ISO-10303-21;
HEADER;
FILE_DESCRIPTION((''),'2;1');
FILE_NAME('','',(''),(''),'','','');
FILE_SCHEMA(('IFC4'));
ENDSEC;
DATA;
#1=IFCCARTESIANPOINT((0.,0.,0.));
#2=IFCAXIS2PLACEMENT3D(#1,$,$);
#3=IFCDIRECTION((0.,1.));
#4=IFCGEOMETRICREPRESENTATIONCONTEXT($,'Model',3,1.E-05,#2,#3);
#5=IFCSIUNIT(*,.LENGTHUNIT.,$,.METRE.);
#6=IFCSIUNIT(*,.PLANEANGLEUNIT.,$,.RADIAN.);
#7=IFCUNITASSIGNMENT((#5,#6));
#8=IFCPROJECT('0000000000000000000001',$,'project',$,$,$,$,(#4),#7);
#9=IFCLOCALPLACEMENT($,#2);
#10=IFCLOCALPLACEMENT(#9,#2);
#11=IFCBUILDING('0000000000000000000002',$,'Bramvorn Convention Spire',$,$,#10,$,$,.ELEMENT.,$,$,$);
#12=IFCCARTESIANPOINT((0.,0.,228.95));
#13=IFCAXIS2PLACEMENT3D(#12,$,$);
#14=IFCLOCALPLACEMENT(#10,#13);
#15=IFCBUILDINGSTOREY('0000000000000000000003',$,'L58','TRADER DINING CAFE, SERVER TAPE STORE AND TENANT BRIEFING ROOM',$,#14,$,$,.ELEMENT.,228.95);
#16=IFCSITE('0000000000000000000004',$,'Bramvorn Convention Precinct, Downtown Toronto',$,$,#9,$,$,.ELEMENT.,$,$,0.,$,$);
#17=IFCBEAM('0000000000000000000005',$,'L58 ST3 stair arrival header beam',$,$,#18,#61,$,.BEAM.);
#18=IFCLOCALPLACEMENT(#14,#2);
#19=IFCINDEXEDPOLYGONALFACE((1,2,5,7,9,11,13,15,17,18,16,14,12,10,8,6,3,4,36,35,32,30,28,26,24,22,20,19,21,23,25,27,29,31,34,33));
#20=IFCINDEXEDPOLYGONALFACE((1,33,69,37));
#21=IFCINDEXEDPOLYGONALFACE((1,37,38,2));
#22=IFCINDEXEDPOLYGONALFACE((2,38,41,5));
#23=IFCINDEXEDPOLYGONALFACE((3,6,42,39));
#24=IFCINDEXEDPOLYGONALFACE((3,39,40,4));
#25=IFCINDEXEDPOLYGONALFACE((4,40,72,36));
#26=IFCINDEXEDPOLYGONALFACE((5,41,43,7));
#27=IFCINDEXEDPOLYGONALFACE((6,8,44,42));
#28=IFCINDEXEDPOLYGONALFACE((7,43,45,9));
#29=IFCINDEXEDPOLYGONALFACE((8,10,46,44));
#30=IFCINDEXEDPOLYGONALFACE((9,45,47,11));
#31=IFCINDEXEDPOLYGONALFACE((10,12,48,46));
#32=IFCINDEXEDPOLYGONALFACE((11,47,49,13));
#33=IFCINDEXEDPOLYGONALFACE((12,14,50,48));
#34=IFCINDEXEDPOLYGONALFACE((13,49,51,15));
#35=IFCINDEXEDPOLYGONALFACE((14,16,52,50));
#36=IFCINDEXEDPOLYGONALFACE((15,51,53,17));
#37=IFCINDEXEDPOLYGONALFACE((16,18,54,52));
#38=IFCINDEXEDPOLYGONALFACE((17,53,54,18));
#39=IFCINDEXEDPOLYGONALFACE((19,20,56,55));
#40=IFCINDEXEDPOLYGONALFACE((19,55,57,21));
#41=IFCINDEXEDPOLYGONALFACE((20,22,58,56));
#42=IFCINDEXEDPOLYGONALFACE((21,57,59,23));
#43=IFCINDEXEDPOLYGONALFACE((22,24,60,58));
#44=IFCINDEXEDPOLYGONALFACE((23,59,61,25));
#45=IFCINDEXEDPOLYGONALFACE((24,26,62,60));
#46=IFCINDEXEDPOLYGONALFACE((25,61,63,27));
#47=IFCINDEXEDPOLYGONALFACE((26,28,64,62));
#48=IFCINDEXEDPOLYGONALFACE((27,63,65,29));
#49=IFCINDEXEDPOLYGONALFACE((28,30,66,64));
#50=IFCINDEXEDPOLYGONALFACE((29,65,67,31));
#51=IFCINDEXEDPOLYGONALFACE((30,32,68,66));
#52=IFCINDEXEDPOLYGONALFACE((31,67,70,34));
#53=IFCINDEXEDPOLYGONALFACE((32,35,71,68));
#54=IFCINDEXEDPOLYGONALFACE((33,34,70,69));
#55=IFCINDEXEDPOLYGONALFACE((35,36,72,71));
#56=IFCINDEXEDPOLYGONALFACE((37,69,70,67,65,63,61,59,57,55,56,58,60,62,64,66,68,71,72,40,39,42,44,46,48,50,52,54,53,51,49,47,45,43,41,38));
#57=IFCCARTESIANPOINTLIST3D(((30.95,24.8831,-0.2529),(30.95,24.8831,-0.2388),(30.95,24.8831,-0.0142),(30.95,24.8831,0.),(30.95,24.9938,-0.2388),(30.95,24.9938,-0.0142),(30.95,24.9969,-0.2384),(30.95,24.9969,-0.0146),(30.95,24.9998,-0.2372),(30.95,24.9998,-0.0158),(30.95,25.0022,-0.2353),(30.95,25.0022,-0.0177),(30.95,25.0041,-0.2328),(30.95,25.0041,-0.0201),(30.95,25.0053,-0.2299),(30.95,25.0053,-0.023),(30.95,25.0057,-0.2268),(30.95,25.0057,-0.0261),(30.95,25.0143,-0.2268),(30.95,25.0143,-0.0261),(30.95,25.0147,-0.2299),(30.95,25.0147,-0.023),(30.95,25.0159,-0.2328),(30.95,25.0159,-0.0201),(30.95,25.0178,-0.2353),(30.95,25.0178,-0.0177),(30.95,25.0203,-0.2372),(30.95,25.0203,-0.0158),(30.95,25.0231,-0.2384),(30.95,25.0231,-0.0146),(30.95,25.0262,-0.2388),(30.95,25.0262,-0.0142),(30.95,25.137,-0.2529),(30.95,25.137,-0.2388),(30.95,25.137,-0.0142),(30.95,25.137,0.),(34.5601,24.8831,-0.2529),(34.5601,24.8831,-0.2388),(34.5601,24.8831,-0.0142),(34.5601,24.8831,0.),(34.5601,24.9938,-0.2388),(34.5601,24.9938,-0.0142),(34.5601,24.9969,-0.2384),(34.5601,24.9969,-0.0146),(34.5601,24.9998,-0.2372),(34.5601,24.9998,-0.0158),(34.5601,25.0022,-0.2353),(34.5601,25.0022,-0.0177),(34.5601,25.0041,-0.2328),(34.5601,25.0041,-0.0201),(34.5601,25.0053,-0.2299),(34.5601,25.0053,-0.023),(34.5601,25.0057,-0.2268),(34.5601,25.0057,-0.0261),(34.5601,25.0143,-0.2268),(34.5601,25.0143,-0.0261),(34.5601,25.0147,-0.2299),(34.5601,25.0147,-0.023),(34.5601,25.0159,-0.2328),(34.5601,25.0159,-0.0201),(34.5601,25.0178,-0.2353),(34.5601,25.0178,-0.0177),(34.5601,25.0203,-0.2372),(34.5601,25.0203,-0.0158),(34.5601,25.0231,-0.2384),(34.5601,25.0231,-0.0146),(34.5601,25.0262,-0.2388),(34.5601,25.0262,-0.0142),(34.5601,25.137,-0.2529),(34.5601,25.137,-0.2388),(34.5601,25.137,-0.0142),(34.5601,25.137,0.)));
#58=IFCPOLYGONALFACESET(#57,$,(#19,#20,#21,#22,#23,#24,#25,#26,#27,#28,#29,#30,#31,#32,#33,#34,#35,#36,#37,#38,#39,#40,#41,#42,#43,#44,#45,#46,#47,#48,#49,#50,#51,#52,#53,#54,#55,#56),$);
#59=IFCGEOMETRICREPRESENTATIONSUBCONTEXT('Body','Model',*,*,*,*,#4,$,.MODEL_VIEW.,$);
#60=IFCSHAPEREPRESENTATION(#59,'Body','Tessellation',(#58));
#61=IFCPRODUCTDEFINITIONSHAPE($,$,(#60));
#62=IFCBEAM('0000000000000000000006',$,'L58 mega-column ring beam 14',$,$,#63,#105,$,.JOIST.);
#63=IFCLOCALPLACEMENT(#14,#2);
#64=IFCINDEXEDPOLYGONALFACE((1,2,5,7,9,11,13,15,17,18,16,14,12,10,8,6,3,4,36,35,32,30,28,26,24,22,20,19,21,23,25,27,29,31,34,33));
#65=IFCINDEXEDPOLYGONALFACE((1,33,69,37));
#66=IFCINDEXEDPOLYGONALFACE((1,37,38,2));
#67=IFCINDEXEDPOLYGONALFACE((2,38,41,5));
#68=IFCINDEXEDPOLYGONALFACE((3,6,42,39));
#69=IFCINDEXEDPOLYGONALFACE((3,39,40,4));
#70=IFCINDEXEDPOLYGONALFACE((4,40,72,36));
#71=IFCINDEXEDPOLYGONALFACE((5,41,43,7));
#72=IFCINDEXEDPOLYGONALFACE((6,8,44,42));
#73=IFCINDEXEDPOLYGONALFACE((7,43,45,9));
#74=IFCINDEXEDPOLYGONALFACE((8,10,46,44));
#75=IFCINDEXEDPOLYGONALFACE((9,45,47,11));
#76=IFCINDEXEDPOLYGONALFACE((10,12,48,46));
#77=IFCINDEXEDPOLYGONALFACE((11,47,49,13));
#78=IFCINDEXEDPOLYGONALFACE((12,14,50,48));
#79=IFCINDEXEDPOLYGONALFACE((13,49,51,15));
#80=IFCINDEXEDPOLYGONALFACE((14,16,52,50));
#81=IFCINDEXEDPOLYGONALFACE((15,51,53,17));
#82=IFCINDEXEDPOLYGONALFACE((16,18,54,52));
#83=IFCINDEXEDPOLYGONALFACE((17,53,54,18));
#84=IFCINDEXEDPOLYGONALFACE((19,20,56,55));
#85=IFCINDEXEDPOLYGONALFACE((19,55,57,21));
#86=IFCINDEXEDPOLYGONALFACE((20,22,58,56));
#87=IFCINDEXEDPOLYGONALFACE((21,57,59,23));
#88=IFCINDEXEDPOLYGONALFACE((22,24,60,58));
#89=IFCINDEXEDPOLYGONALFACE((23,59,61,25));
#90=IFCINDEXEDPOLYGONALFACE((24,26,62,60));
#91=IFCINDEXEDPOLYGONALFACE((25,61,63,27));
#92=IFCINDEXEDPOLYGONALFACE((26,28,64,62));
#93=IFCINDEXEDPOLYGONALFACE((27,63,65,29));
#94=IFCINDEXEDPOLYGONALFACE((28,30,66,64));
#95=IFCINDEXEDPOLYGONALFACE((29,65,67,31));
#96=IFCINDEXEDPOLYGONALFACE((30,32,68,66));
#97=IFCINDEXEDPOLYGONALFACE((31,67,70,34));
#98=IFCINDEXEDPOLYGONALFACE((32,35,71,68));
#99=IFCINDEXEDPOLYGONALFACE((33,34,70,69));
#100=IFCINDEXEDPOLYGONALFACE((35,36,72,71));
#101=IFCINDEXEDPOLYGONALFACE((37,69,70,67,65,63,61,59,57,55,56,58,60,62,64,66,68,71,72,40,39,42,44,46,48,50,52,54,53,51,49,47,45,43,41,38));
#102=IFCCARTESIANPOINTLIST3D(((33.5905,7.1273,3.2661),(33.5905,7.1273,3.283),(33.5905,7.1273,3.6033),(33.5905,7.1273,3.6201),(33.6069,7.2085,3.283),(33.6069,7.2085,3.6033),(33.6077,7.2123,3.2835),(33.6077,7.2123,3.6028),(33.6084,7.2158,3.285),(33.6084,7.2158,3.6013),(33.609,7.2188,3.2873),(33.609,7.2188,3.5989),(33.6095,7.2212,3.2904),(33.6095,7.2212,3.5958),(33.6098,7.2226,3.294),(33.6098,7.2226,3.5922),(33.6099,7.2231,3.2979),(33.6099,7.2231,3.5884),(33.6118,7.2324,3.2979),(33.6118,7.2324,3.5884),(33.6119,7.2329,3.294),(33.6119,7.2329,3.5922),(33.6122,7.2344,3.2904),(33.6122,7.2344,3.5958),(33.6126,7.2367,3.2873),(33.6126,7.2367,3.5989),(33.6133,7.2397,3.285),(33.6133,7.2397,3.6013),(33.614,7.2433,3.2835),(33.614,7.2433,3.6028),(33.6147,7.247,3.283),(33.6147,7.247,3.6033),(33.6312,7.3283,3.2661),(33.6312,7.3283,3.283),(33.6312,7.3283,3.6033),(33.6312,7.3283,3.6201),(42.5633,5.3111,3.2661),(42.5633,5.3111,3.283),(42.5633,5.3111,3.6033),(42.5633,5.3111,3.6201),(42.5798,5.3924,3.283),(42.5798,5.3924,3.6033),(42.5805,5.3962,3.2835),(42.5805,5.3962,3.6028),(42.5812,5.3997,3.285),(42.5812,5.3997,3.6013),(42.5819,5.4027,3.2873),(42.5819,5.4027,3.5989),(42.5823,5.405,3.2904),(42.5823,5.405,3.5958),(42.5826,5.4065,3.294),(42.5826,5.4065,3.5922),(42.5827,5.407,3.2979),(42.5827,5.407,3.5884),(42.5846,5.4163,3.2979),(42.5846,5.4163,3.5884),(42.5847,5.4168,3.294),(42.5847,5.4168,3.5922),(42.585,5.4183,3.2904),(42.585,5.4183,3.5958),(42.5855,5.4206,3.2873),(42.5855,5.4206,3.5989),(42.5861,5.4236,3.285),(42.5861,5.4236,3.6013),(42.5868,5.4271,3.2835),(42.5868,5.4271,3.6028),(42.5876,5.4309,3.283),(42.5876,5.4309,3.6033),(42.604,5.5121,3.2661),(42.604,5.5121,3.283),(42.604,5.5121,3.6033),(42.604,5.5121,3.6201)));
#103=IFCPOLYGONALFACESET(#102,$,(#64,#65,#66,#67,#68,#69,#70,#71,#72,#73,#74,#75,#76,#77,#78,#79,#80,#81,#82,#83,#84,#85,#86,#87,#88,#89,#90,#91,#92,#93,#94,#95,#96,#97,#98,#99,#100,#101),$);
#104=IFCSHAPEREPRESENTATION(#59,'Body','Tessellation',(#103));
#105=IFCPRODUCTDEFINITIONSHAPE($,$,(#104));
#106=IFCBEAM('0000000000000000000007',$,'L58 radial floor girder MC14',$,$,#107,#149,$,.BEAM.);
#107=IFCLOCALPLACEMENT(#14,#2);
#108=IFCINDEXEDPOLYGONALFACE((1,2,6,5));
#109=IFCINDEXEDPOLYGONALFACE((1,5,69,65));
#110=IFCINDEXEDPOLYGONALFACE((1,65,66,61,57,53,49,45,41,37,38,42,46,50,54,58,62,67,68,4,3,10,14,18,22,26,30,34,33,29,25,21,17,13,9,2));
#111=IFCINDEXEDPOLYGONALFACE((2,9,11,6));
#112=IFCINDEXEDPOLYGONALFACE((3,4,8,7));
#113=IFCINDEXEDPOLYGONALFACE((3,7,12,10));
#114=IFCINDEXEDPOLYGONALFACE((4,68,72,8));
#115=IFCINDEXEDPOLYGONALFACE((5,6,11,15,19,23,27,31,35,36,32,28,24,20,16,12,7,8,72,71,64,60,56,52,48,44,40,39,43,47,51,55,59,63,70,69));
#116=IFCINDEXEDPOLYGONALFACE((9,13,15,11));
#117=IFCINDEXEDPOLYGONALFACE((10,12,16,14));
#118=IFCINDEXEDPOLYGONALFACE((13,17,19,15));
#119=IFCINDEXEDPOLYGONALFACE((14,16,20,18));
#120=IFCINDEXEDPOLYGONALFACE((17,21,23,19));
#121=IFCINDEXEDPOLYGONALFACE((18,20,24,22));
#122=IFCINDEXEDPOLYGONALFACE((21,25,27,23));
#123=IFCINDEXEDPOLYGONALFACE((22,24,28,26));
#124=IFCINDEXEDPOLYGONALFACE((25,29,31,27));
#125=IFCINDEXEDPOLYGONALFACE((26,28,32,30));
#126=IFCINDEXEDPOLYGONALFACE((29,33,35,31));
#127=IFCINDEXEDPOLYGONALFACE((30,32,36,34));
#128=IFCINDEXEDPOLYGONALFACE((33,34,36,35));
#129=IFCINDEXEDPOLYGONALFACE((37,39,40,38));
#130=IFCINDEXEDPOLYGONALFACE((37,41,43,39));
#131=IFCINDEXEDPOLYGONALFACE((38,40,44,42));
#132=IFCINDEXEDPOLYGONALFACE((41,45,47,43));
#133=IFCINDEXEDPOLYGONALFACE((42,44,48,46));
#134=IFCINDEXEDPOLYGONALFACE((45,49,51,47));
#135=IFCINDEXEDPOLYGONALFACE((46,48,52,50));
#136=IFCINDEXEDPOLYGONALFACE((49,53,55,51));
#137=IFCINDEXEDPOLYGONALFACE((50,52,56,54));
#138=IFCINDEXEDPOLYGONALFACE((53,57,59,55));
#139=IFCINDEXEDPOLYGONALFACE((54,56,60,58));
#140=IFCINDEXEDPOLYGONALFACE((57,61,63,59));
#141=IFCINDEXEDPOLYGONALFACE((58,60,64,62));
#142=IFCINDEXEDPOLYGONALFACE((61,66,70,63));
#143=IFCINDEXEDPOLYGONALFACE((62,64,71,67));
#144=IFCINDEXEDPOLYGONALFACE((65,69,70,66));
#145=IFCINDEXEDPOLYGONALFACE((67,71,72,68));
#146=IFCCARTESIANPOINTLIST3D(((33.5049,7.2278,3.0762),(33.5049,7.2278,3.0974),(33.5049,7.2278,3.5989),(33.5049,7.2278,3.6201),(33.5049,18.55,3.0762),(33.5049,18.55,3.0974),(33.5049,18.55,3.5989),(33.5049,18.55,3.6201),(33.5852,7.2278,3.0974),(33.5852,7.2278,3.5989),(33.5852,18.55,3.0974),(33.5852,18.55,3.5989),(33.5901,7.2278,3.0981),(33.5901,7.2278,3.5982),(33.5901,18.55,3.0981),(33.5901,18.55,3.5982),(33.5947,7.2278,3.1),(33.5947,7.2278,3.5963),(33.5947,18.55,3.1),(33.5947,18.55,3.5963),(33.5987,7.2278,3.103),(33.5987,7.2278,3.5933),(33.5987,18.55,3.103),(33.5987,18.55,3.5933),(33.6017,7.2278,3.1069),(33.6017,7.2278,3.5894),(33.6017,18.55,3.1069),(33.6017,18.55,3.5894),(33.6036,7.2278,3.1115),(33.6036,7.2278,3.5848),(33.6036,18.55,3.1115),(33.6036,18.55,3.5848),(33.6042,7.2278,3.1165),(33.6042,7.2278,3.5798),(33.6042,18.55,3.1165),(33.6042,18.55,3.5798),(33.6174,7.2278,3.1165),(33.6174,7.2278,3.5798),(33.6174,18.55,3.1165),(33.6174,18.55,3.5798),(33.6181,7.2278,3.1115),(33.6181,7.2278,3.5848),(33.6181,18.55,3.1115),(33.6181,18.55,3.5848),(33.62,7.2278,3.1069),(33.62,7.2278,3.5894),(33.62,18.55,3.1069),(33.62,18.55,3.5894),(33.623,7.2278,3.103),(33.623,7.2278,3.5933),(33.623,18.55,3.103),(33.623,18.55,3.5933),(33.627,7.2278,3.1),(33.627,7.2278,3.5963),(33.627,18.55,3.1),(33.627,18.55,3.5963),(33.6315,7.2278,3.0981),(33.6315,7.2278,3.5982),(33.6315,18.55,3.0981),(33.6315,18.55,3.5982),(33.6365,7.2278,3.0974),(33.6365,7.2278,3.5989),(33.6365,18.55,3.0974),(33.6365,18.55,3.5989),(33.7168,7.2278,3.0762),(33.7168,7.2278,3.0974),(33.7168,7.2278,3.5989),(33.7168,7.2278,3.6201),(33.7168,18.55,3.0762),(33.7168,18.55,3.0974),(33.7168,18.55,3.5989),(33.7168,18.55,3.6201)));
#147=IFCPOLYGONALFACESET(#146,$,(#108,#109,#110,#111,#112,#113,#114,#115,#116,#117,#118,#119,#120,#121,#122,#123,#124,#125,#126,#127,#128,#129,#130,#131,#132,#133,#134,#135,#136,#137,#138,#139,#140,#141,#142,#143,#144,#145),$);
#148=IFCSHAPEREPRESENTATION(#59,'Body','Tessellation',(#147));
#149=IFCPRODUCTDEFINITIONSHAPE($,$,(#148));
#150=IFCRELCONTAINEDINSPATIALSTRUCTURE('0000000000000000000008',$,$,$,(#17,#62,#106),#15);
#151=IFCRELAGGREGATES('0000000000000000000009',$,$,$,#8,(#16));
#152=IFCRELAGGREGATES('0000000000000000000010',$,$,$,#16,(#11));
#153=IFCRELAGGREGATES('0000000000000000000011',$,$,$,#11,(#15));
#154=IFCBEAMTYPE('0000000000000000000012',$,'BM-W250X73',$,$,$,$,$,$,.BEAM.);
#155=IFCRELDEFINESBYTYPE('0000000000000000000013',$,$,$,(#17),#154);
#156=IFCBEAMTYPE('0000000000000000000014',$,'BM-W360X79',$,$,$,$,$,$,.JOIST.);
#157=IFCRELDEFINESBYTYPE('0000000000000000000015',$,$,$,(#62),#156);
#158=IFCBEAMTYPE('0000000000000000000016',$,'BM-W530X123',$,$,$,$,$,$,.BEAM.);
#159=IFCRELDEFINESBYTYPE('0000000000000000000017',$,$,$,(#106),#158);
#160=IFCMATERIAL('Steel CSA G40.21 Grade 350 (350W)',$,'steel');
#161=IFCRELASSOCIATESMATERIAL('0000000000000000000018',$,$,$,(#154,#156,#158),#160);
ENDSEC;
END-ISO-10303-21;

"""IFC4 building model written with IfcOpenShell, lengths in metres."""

from ifc_helpers import new_model, si_unit, direction, frame, origin, origin_2d, place, context, subcontext, project, spatial, i_section, extrude, material, material_profile, profile_set, type_object, element, save


model = new_model("IFC4")

# Units and contexts
model_context = context("Model", 3, precision=1e-05, world=origin(), true_north=direction((0.0, 1.0)))
body_context = subcontext(model_context, "Body", "Model", "MODEL_VIEW")
ifc_project = project(units=[si_unit("LENGTHUNIT", "METRE"), si_unit("PLANEANGLEUNIT", "RADIAN")], contexts=[model_context])

# Site, building, storey
site_placement = place(None, origin())
site = spatial("IfcSite", under=ifc_project, at=site_placement, Name="Bramvorn Convention Precinct, Downtown Toronto", CompositionType="ELEMENT", RefElevation=0.0)
building_placement = place(site_placement, origin())
building = spatial("IfcBuilding", under=site, at=building_placement, Name="Bramvorn Convention Spire", CompositionType="ELEMENT")
storey_placement = place(building_placement, frame((0.0, 0.0, 228.95)))
storey = spatial("IfcBuildingStorey", under=building, at=storey_placement, Name="L58", Description="TRADER DINING CAFE, SERVER TAPE STORE AND TENANT BRIEFING ROOM", CompositionType="ELEMENT", Elevation=228.95)

# Shared definitions
ifc_material_1 = material(Name="Steel CSA G40.21 Grade 350 (350W)", Category="steel")

# Beams
ifc_material_profile_1 = material_profile(ifc_material_1, i_section(OverallWidth=0.2539, OverallDepth=0.2529, WebThickness=0.0085, FlangeThickness=0.0142, FilletRadius=0.012, at=origin_2d()))
ifc_profile_set_1 = profile_set([ifc_material_profile_1], Name="Steel CSA G40.21 Grade 350 (350W) - W250X73")
beam_type_1 = type_object("IfcBeamType", Name="BM-W250X73", PredefinedType="BEAM", material=ifc_profile_set_1)
beam_1_placement = place(storey_placement, frame((30.95, 25.01, -0.1265), z_axis=(1.0, 0.0, 0.0), x_axis=(0.0, 1.0, 0.0)))
element("IfcBeam", 1, at=beam_1_placement, inside=storey, type_object=beam_type_1, Name="L58 ST3 stair arrival header beam", PredefinedType="BEAM", context=body_context, shape_type="SweptSolid", body=[
    extrude(i_section(OverallWidth=0.2539, OverallDepth=0.2529, WebThickness=0.0085, FlangeThickness=0.0142, FilletRadius=0.012, at=origin_2d()), origin(), (0.0, 0.0, 1.0), 3.6101),
])
ifc_material_profile_2 = material_profile(ifc_material_1, i_section(OverallWidth=0.2051, OverallDepth=0.354, WebThickness=0.0095, FlangeThickness=0.0168, FilletRadius=0.0149, at=origin_2d()))
ifc_profile_set_2 = profile_set([ifc_material_profile_2], Name="Steel CSA G40.21 Grade 350 (350W) - W360X79")
beam_type_2 = type_object("IfcBeamType", Name="BM-W360X79", PredefinedType="JOIST", material=ifc_profile_set_2)
beam_2_placement = place(storey_placement, frame((33.6108, 7.2278, 3.4431), z_axis=(0.980125, -0.198382, 0.0), x_axis=(0.198382, 0.980125, 0.0)))
element("IfcBeam", 2, at=beam_2_placement, inside=storey, type_object=beam_type_2, Name="L58 mega-column ring beam 14", PredefinedType="JOIST", context=body_context, shape_type="SweptSolid", body=[
    extrude(i_section(OverallWidth=0.2051, OverallDepth=0.354, WebThickness=0.0095, FlangeThickness=0.0168, FilletRadius=0.0149, at=origin_2d()), origin(), (0.0, 0.0, 1.0), 9.1548),
])
ifc_material_profile_3 = material_profile(ifc_material_1, i_section(OverallWidth=0.2119, OverallDepth=0.5439, WebThickness=0.0132, FlangeThickness=0.0212, FilletRadius=0.019, at=origin_2d()))
ifc_profile_set_3 = profile_set([ifc_material_profile_3], Name="Steel CSA G40.21 Grade 350 (350W) - W530X123")
beam_type_3 = type_object("IfcBeamType", Name="BM-W530X123", PredefinedType="BEAM", material=ifc_profile_set_3)
beam_3_placement = place(storey_placement, frame((33.6108, 18.55, 3.3481), z_axis=(0.0, -1.0, 0.0), x_axis=(1.0, 0.0, 0.0)))
element("IfcBeam", 3, at=beam_3_placement, inside=storey, type_object=beam_type_3, Name="L58 radial floor girder MC14", PredefinedType="BEAM", context=body_context, shape_type="SweptSolid", body=[
    extrude(i_section(OverallWidth=0.2119, OverallDepth=0.5439, WebThickness=0.0132, FlangeThickness=0.0212, FilletRadius=0.019, at=origin_2d()), origin(), (0.0, 0.0, 1.0), 11.3223),
])

save(model, "model.ifc")
